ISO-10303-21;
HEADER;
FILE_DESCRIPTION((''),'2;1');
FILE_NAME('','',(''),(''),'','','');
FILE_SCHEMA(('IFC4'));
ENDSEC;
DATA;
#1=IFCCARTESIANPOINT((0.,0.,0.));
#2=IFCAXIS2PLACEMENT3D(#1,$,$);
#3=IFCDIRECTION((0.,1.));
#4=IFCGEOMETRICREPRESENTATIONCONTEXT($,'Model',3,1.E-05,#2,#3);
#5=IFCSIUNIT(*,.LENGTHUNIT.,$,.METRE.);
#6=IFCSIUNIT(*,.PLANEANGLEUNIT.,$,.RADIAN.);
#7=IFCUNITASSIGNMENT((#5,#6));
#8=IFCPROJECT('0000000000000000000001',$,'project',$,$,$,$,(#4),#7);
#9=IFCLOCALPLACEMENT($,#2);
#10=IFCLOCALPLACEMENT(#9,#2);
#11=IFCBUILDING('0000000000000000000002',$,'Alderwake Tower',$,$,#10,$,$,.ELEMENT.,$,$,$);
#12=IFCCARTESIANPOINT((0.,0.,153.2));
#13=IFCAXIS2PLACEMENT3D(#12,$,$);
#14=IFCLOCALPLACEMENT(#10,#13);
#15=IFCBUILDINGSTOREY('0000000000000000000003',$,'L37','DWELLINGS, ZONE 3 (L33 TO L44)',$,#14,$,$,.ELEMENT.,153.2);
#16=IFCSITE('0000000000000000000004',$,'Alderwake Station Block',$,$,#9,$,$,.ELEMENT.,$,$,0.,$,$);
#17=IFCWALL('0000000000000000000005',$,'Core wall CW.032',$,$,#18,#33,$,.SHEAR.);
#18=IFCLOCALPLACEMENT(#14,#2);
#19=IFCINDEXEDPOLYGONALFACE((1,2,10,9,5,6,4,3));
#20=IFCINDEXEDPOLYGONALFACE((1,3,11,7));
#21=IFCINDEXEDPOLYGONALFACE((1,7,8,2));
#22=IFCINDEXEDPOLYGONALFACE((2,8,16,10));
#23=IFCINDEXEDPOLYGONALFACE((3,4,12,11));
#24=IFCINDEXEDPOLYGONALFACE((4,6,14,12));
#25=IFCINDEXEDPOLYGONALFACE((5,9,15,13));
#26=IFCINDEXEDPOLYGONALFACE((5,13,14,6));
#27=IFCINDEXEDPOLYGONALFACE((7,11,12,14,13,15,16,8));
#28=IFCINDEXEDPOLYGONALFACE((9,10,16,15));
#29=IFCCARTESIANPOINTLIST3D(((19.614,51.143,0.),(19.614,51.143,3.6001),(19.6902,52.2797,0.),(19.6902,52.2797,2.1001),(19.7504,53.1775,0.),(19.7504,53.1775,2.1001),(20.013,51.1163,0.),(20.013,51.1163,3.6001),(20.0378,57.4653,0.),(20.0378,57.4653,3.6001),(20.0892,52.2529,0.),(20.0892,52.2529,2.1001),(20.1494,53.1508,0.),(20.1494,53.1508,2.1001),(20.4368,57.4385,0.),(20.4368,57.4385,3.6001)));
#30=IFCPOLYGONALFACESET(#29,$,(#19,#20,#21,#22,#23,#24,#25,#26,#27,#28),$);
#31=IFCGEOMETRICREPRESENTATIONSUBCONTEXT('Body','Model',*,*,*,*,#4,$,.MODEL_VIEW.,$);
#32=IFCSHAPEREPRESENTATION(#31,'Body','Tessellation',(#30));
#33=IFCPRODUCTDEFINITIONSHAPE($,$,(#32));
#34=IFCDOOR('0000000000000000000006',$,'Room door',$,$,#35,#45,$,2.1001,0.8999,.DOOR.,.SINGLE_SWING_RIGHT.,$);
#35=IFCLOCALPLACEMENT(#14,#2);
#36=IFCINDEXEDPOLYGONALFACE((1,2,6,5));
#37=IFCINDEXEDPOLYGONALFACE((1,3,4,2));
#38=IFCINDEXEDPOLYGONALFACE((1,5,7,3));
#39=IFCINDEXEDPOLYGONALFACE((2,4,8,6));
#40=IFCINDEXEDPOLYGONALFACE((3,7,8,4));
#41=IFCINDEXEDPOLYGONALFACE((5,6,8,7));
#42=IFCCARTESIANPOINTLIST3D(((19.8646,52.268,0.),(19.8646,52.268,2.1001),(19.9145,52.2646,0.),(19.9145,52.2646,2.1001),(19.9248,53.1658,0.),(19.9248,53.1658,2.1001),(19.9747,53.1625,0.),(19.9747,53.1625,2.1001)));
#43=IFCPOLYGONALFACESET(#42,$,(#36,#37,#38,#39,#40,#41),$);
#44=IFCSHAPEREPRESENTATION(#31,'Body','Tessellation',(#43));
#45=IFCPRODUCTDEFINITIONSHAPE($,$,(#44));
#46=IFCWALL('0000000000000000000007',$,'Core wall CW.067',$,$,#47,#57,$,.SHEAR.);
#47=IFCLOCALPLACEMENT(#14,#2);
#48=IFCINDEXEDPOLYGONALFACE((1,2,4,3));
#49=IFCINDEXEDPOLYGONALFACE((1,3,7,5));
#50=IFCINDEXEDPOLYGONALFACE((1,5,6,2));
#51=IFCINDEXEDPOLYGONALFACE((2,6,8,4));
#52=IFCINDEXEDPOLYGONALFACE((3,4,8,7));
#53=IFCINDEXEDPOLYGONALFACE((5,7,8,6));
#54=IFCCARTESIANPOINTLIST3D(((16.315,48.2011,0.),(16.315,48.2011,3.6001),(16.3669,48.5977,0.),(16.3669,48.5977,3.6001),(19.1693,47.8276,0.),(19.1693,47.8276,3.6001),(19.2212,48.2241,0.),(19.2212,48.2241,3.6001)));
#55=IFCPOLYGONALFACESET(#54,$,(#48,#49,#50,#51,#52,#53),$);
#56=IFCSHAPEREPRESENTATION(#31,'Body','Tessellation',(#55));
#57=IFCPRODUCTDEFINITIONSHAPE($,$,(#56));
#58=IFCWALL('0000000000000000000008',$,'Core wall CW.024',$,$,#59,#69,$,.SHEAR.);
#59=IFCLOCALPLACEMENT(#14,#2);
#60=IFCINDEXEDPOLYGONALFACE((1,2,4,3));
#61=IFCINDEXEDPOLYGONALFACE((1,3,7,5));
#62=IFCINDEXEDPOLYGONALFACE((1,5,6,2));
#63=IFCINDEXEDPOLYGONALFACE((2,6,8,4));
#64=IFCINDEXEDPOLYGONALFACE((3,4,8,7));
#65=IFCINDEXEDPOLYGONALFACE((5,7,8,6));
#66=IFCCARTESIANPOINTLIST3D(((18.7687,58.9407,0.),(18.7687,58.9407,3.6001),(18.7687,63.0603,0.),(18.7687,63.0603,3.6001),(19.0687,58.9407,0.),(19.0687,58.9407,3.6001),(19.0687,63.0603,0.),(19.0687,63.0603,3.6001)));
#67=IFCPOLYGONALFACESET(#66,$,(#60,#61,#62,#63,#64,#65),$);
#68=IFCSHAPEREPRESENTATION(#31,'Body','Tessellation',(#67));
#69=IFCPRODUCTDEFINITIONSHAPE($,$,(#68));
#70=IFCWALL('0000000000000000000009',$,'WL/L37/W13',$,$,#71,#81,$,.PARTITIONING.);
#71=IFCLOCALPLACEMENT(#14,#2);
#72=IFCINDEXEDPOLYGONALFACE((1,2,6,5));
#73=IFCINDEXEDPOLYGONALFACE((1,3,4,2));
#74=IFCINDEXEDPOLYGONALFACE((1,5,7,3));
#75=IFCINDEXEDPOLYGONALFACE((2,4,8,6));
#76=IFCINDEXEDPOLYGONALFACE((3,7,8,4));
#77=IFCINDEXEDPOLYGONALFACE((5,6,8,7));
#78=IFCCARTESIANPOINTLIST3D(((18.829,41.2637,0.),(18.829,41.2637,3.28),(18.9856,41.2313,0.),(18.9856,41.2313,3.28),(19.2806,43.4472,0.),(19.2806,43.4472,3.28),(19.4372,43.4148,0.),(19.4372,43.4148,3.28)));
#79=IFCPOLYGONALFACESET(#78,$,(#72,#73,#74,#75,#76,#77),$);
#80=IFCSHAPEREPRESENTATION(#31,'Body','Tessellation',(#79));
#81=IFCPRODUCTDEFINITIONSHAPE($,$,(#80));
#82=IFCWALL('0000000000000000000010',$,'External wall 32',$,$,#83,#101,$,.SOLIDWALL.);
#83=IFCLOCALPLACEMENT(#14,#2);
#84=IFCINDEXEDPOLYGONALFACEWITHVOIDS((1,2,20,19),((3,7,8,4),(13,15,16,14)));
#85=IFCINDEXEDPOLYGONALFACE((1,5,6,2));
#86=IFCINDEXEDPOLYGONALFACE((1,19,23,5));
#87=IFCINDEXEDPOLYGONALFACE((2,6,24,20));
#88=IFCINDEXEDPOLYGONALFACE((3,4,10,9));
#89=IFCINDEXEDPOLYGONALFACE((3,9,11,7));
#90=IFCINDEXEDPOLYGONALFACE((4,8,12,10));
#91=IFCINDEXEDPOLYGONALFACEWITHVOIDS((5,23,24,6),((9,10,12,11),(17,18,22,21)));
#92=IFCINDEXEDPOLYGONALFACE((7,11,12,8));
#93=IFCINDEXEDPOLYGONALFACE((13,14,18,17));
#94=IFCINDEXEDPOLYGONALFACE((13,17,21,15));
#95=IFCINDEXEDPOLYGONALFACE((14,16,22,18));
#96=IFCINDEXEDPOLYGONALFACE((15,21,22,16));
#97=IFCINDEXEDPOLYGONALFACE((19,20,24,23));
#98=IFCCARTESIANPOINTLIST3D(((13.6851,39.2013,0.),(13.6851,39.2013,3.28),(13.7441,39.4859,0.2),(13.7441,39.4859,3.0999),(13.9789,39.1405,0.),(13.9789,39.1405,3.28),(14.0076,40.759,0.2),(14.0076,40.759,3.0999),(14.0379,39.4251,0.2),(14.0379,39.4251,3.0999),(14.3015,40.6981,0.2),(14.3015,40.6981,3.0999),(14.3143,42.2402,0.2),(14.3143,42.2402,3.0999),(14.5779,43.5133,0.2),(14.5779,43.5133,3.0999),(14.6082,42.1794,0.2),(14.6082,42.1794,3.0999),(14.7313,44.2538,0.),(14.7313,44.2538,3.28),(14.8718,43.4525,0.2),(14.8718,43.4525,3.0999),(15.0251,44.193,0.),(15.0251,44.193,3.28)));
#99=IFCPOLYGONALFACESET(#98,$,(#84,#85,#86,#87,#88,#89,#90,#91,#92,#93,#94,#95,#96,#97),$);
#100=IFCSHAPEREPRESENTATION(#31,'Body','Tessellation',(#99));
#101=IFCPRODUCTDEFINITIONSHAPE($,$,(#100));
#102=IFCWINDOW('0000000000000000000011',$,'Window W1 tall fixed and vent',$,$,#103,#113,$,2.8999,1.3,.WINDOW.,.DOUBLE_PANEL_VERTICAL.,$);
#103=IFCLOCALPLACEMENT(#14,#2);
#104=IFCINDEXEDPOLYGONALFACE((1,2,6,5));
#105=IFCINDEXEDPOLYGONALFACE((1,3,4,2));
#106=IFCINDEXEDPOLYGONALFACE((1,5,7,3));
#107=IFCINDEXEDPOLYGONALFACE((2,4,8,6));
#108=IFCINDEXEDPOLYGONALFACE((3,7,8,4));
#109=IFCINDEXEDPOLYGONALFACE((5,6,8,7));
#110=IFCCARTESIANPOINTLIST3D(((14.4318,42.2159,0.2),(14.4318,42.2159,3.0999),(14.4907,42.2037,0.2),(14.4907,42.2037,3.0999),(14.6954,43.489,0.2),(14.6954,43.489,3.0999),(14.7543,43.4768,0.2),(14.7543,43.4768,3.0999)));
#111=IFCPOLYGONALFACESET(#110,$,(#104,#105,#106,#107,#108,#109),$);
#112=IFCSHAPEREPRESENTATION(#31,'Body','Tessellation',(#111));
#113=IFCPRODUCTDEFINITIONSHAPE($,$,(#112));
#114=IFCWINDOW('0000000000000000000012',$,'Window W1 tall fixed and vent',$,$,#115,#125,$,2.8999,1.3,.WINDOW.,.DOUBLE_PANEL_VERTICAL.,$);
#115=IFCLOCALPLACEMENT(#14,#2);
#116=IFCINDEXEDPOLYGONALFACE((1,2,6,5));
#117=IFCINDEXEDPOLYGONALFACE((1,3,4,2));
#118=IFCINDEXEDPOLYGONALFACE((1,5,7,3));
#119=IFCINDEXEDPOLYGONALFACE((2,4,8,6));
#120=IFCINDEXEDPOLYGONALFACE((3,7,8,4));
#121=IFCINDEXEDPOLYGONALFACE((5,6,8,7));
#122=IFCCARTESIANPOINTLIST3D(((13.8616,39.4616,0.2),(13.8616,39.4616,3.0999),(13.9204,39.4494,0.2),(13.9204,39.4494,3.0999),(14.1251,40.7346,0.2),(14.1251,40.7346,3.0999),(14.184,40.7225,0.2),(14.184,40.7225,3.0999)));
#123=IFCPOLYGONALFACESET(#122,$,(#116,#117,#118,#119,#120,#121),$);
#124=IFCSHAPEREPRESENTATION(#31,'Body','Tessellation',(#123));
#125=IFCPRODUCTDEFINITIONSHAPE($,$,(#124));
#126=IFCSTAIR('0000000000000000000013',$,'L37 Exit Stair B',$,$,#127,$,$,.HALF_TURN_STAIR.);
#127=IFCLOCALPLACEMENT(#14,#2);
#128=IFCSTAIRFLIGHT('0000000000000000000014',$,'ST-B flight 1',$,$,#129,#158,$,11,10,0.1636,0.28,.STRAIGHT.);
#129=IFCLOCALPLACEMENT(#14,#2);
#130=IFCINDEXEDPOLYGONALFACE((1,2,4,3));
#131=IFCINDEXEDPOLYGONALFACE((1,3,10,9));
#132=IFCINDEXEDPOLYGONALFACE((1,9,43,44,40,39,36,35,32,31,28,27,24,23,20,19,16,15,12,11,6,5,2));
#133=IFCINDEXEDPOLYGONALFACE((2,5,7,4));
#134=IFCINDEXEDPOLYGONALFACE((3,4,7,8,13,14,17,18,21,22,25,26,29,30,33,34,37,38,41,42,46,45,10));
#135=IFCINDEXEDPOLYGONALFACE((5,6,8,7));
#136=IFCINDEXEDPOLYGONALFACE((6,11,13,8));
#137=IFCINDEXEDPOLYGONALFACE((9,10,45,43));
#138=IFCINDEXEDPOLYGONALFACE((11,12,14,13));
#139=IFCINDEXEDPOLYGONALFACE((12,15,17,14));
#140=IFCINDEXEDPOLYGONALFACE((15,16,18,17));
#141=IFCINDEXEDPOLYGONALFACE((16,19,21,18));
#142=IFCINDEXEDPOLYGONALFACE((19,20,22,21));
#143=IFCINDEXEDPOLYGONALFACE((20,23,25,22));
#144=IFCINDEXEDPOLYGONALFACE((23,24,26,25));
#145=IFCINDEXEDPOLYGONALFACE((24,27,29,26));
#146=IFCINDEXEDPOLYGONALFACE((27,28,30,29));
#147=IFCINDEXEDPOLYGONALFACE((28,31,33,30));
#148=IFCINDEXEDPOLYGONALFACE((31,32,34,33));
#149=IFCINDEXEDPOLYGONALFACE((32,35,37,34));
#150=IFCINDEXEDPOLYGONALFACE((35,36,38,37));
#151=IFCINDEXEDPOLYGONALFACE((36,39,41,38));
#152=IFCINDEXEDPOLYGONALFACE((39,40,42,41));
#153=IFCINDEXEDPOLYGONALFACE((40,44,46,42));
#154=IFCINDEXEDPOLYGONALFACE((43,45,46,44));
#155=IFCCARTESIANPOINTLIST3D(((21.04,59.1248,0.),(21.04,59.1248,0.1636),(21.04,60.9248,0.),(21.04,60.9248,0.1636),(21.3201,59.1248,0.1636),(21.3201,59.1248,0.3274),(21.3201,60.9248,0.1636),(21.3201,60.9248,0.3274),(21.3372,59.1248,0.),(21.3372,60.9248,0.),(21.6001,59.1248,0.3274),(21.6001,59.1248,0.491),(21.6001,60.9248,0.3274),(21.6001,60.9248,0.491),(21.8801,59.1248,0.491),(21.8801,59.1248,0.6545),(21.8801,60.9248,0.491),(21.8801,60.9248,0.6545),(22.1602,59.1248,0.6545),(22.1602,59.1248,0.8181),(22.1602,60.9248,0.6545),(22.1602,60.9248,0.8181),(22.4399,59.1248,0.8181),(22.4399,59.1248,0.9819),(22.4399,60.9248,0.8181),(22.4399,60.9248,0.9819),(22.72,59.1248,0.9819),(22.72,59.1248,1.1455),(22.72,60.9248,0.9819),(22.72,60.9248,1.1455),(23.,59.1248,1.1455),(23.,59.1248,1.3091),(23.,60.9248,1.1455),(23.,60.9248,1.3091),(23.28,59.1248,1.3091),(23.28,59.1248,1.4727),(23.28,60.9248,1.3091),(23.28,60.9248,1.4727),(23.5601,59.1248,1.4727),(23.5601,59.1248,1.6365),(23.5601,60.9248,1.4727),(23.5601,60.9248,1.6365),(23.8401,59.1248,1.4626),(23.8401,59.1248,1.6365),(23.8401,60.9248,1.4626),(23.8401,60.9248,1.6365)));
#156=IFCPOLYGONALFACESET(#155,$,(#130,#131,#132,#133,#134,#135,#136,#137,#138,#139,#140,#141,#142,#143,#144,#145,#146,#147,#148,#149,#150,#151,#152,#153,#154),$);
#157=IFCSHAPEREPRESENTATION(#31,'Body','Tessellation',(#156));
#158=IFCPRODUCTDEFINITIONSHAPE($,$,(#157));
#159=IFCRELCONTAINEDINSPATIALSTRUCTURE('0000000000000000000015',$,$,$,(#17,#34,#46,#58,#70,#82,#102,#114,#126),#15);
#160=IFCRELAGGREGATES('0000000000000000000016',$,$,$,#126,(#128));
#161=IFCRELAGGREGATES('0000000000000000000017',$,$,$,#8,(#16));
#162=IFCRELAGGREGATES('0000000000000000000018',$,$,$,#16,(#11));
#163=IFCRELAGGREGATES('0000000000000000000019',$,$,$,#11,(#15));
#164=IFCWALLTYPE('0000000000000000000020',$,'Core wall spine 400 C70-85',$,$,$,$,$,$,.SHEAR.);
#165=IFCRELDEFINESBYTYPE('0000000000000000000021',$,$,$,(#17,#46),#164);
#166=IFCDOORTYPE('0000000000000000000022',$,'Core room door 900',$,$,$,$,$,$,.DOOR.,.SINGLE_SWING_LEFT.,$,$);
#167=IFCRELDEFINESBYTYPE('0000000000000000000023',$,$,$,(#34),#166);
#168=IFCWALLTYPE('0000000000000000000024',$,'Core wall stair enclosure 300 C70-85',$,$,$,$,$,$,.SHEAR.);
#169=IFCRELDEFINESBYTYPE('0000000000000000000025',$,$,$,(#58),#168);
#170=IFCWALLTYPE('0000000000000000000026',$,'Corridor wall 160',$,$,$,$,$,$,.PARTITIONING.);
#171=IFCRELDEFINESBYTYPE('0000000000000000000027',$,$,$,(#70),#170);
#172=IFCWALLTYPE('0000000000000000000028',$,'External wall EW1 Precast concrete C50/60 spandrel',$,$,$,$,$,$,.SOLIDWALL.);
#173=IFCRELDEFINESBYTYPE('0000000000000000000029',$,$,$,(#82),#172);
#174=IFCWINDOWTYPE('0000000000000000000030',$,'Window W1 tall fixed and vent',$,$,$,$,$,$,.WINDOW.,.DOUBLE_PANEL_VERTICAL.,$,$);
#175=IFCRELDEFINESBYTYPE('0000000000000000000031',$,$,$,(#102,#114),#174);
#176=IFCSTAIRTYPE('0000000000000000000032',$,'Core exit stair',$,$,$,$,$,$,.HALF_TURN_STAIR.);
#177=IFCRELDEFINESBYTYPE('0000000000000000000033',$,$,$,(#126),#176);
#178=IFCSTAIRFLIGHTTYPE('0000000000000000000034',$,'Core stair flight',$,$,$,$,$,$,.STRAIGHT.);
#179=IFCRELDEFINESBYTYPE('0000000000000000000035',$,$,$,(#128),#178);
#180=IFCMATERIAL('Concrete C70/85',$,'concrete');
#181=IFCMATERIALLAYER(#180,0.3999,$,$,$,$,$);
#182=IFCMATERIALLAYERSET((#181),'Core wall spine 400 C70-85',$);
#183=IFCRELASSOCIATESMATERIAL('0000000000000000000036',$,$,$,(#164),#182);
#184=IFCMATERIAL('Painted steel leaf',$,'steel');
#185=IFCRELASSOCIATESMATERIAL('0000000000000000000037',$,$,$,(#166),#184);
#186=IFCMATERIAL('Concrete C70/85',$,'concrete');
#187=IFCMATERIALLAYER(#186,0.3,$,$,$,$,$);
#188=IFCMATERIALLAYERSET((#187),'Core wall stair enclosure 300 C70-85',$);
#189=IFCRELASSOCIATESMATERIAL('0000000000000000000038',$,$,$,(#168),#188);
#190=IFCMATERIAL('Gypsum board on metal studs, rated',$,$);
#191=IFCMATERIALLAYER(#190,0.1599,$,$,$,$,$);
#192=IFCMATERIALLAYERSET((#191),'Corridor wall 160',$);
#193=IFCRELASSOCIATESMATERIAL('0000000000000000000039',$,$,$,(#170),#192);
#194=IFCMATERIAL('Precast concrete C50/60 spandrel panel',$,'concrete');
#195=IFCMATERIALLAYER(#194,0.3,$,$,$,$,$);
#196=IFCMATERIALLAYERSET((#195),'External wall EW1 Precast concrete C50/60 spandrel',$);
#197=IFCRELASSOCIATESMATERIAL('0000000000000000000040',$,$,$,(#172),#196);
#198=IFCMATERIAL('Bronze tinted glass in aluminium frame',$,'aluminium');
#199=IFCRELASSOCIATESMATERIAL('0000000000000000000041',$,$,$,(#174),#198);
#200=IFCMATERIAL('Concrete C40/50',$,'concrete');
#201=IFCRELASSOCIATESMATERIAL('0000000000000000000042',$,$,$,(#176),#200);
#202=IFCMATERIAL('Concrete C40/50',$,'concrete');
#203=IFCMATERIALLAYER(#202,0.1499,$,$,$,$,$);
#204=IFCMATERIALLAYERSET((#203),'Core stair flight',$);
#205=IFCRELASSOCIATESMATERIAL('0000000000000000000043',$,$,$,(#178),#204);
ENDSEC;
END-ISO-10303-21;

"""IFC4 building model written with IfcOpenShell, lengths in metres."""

from ifc_helpers import new_model, si_unit, direction, frame, frame_2d, origin, place, context, subcontext, project, spatial, polyline, rectangle, outline, extrude, material, layer, layer_set, type_object, element, fill, aggregate, save


model = new_model("IFC4")

# Units and contexts
model_context = context("Model", 3, precision=1e-05, world=origin(), true_north=direction((0.0, 1.0)))
body_context = subcontext(model_context, "Body", "Model", "MODEL_VIEW")
ifc_project = project(units=[si_unit("LENGTHUNIT", "METRE"), si_unit("PLANEANGLEUNIT", "RADIAN")], contexts=[model_context])

# Site, building, storey
site_placement = place(None, origin())
site = spatial("IfcSite", under=ifc_project, at=site_placement, Name="Alderwake Station Block", CompositionType="ELEMENT", RefElevation=0.0)
building_placement = place(site_placement, origin())
building = spatial("IfcBuilding", under=site, at=building_placement, Name="Alderwake Tower", CompositionType="ELEMENT")
storey_placement = place(building_placement, frame((0.0, 0.0, 153.2)))
storey = spatial("IfcBuildingStorey", under=building, at=storey_placement, Name="L37", Description="DWELLINGS, ZONE 3 (L33 TO L44)", CompositionType="ELEMENT", Elevation=153.2)

# Shared definitions
ifc_material_1 = material(Name="Concrete C70/85", Category="concrete")
ifc_layer_1 = layer(ifc_material_1, 0.3999)
ifc_layer_set_1 = layer_set([ifc_layer_1], Name="Core wall spine 400 C70-85")
wall_type_1 = type_object("IfcWallType", Name="Core wall spine 400 C70-85", PredefinedType="SHEAR", material=ifc_layer_set_1)

# Wall, opening, door
wall_1_placement = place(storey_placement, frame((20.2373, 57.4519, 0.0), z_axis=(0.0, 0.0, 1.0), x_axis=(-0.066887, -0.997761, 0.0)))
wall_1 = element("IfcWall", 1, at=wall_1_placement, inside=storey, type_object=wall_type_1, Name="Core wall CW.032", PredefinedType="SHEAR", context=body_context, shape_type="SweptSolid", body=[
    extrude(rectangle(XDim=6.3364, YDim=0.3999, at=frame_2d((3.1682, 0.0))), origin(), (0.0, 0.0, 1.0), 3.6001),
])
opening_1_placement = place(wall_1_placement, frame((4.2974, 0.0, 0.0)))
opening_1 = element("IfcOpeningElement", 2, at=opening_1_placement, cuts=wall_1, PredefinedType="OPENING", context=body_context, shape_type="SweptSolid", body=[
    extrude(rectangle(XDim=0.8999, YDim=2.1001, at=frame_2d((0.45, 1.05))), frame((0.0, 0.21, 0.0), z_axis=(0.0, -1.0, 0.0), x_axis=(1.0, 0.0, 0.0)), (0.0, 0.0, 1.0), 0.4199),
])
ifc_material_2 = material(Name="Painted steel leaf", Category="steel")
door_type_1 = type_object("IfcDoorType", Name="Core room door 900", OperationType="SINGLE_SWING_LEFT", PredefinedType="DOOR", material=ifc_material_2)
door_1_placement = place(opening_1_placement, origin())
door_1 = element("IfcDoor", 3, at=door_1_placement, inside=storey, type_object=door_type_1, Name="Room door", OperationType="SINGLE_SWING_RIGHT", OverallHeight=2.1001, OverallWidth=0.8999, PredefinedType="DOOR", context=body_context, shape_type="SweptSolid", body=[
    extrude(rectangle(XDim=0.8999, YDim=2.1001, at=frame_2d((0.45, 1.05))), frame((0.0, 0.0249, 0.0), z_axis=(0.0, -1.0, 0.0), x_axis=(1.0, 0.0, 0.0)), (0.0, 0.0, 1.0), 0.05),
])
fill(opening_1, door_1)

# Walls
wall_2_placement = place(storey_placement, frame((16.3408, 48.3994, 0.0), z_axis=(0.0, 0.0, 1.0), x_axis=(0.991545, -0.129763, 0.0)))
element("IfcWall", 4, at=wall_2_placement, inside=storey, type_object=wall_type_1, Name="Core wall CW.067", PredefinedType="SHEAR", context=body_context, shape_type="SweptSolid", body=[
    extrude(rectangle(XDim=2.8787, YDim=0.3999, at=frame_2d((1.4395, 0.0))), origin(), (0.0, 0.0, 1.0), 3.6001),
])
ifc_material_3 = material(Name="Concrete C70/85", Category="concrete")
ifc_layer_2 = layer(ifc_material_3, 0.3)
ifc_layer_set_2 = layer_set([ifc_layer_2], Name="Core wall stair enclosure 300 C70-85")
wall_type_2 = type_object("IfcWallType", Name="Core wall stair enclosure 300 C70-85", PredefinedType="SHEAR", material=ifc_layer_set_2)
wall_3_placement = place(storey_placement, frame((18.9187, 58.9407, 0.0), z_axis=(0.0, 0.0, 1.0), x_axis=(0.0, 1.0, 0.0)))
element("IfcWall", 5, at=wall_3_placement, inside=storey, type_object=wall_type_2, Name="Core wall CW.024", PredefinedType="SHEAR", context=body_context, shape_type="SweptSolid", body=[
    extrude(rectangle(XDim=4.1196, YDim=0.3, at=frame_2d((2.0598, 0.0))), origin(), (0.0, 0.0, 1.0), 3.6001),
])
ifc_material_4 = material(Name="Gypsum board on metal studs, rated")
ifc_layer_3 = layer(ifc_material_4, 0.1599)
ifc_layer_set_3 = layer_set([ifc_layer_3], Name="Corridor wall 160")
wall_type_3 = type_object("IfcWallType", Name="Corridor wall 160", PredefinedType="PARTITIONING", material=ifc_layer_set_3)
wall_4_placement = place(storey_placement, frame((19.3589, 43.4309, 0.0), z_axis=(0.0, 0.0, 1.0), x_axis=(-0.202555, -0.979271, 0.0)))
element("IfcWall", 6, at=wall_4_placement, inside=storey, type_object=wall_type_3, Name="WL/L37/W13", PredefinedType="PARTITIONING", context=body_context, shape_type="SweptSolid", body=[
    extrude(rectangle(XDim=2.2297, YDim=0.1599, at=frame_2d((1.1147, 0.0))), origin(), (0.0, 0.0, 1.0), 3.28),
])

# Wall, openings, windows
ifc_material_5 = material(Name="Precast concrete C50/60 spandrel panel", Category="concrete")
ifc_layer_4 = layer(ifc_material_5, 0.3)
ifc_layer_set_4 = layer_set([ifc_layer_4], Name="External wall EW1 Precast concrete C50/60 spandrel")
wall_type_4 = type_object("IfcWallType", Name="External wall EW1 Precast concrete C50/60 spandrel", PredefinedType="SOLIDWALL", material=ifc_layer_set_4)
wall_5_placement = place(storey_placement, frame((14.8782, 44.2234, 0.0), z_axis=(0.0, 0.0, 1.0), x_axis=(-0.202754, -0.97923, 0.0)))
wall_5 = element("IfcWall", 7, at=wall_5_placement, inside=storey, type_object=wall_type_4, Name="External wall 32", PredefinedType="SOLIDWALL", context=body_context, shape_type="SweptSolid", body=[
    extrude(rectangle(XDim=5.1597, YDim=0.3, at=frame_2d((2.5798, 0.0))), origin(), (0.0, 0.0, 1.0), 3.28),
])
opening_2_placement = place(wall_5_placement, frame((0.7563, 0.0, 0.2)))
opening_2 = element("IfcOpeningElement", 8, at=opening_2_placement, cuts=wall_5, PredefinedType="OPENING", context=body_context, shape_type="SweptSolid", body=[
    extrude(rectangle(XDim=1.3, YDim=2.8999, at=frame_2d((0.6499, 1.45))), frame((0.0, 0.1599, 0.0), z_axis=(0.0, -1.0, 0.0), x_axis=(1.0, 0.0, 0.0)), (0.0, 0.0, 1.0), 0.3201),
])
opening_3_placement = place(wall_5_placement, frame((3.5691, 0.0, 0.2)))
opening_3 = element("IfcOpeningElement", 9, at=opening_3_placement, cuts=wall_5, PredefinedType="OPENING", context=body_context, shape_type="SweptSolid", body=[
    extrude(rectangle(XDim=1.3, YDim=2.8999, at=frame_2d((0.6499, 1.45))), frame((0.0, 0.1599, 0.0), z_axis=(0.0, -1.0, 0.0), x_axis=(1.0, 0.0, 0.0)), (0.0, 0.0, 1.0), 0.3201),
])
ifc_material_6 = material(Name="Bronze tinted glass in aluminium frame", Category="aluminium")
window_type = type_object("IfcWindowType", Name="Window W1 tall fixed and vent", PartitioningType="DOUBLE_PANEL_VERTICAL", PredefinedType="WINDOW", material=ifc_material_6)
window_1_placement = place(opening_2_placement, origin())
window_1 = element("IfcWindow", 10, at=window_1_placement, inside=storey, type_object=window_type, Name="Window W1 tall fixed and vent", OverallHeight=2.8999, OverallWidth=1.3, PartitioningType="DOUBLE_PANEL_VERTICAL", PredefinedType="WINDOW", context=body_context, shape_type="SweptSolid", body=[
    extrude(rectangle(XDim=1.3, YDim=2.8999, at=frame_2d((0.6499, 1.45))), frame((0.0, 0.03, 0.0), z_axis=(0.0, -1.0, 0.0), x_axis=(1.0, 0.0, 0.0)), (0.0, 0.0, 1.0), 0.0601),
])
fill(opening_2, window_1)
window_2_placement = place(opening_3_placement, origin())
window_2 = element("IfcWindow", 11, at=window_2_placement, inside=storey, type_object=window_type, Name="Window W1 tall fixed and vent", OverallHeight=2.8999, OverallWidth=1.3, PartitioningType="DOUBLE_PANEL_VERTICAL", PredefinedType="WINDOW", context=body_context, shape_type="SweptSolid", body=[
    extrude(rectangle(XDim=1.3, YDim=2.8999, at=frame_2d((0.6499, 1.45))), frame((0.0, 0.03, 0.0), z_axis=(0.0, -1.0, 0.0), x_axis=(1.0, 0.0, 0.0)), (0.0, 0.0, 1.0), 0.0601),
])
fill(opening_3, window_2)

# Stair, stair flight
ifc_material_7 = material(Name="Concrete C40/50", Category="concrete")
stair_type = type_object("IfcStairType", Name="Core exit stair", PredefinedType="HALF_TURN_STAIR", material=ifc_material_7)
stair_placement = place(storey_placement, origin())
stair = element("IfcStair", 12, at=stair_placement, inside=storey, type_object=stair_type, Name="L37 Exit Stair B", PredefinedType="HALF_TURN_STAIR")
ifc_material_8 = material(Name="Concrete C40/50", Category="concrete")
ifc_layer_5 = layer(ifc_material_8, 0.1499)
ifc_layer_set_5 = layer_set([ifc_layer_5], Name="Core stair flight")
stair_flight_type = type_object("IfcStairFlightType", Name="Core stair flight", PredefinedType="STRAIGHT", material=ifc_layer_set_5)
stair_flight_placement = place(storey_placement, frame((21.04, 60.0249, 0.0), z_axis=(0.0, 0.0, 1.0), x_axis=(1.0, 0.0, 0.0)))
stair_flight = element("IfcStairFlight", 13, at=stair_flight_placement, type_object=stair_flight_type, Name="ST-B flight 1", NumberOfRisers=11, NumberOfTreads=10, PredefinedType="STRAIGHT", RiserHeight=0.1636, TreadLength=0.28, context=body_context, shape_type="SweptSolid", body=[
    extrude(outline(polyline([(0.0, 0.0), (0.0, 0.1636), (0.28, 0.1636), (0.28, 0.3274), (0.5601, 0.3274), (0.5601, 0.491), (0.8401, 0.491), (0.8401, 0.6545), (1.1201, 0.6545), (1.1201, 0.8181), (1.3999, 0.8181), (1.3999, 0.9819), (1.6799, 0.9819), (1.6799, 1.1455), (1.96, 1.1455), (1.96, 1.3091), (2.24, 1.3091), (2.24, 1.4727), (2.52, 1.4727), (2.52, 1.6365), (2.8, 1.6365), (2.8, 1.8), (2.8, 1.4626), (0.2971, 0.0), (0.0, 0.0)])), frame((0.0, 0.8999, 0.0), z_axis=(0.0, -1.0, 0.0), x_axis=(1.0, 0.0, 0.0)), (0.0, 0.0, 1.0), 1.8),
])
aggregate(stair, [stair_flight])

save(model, "model.ifc")
